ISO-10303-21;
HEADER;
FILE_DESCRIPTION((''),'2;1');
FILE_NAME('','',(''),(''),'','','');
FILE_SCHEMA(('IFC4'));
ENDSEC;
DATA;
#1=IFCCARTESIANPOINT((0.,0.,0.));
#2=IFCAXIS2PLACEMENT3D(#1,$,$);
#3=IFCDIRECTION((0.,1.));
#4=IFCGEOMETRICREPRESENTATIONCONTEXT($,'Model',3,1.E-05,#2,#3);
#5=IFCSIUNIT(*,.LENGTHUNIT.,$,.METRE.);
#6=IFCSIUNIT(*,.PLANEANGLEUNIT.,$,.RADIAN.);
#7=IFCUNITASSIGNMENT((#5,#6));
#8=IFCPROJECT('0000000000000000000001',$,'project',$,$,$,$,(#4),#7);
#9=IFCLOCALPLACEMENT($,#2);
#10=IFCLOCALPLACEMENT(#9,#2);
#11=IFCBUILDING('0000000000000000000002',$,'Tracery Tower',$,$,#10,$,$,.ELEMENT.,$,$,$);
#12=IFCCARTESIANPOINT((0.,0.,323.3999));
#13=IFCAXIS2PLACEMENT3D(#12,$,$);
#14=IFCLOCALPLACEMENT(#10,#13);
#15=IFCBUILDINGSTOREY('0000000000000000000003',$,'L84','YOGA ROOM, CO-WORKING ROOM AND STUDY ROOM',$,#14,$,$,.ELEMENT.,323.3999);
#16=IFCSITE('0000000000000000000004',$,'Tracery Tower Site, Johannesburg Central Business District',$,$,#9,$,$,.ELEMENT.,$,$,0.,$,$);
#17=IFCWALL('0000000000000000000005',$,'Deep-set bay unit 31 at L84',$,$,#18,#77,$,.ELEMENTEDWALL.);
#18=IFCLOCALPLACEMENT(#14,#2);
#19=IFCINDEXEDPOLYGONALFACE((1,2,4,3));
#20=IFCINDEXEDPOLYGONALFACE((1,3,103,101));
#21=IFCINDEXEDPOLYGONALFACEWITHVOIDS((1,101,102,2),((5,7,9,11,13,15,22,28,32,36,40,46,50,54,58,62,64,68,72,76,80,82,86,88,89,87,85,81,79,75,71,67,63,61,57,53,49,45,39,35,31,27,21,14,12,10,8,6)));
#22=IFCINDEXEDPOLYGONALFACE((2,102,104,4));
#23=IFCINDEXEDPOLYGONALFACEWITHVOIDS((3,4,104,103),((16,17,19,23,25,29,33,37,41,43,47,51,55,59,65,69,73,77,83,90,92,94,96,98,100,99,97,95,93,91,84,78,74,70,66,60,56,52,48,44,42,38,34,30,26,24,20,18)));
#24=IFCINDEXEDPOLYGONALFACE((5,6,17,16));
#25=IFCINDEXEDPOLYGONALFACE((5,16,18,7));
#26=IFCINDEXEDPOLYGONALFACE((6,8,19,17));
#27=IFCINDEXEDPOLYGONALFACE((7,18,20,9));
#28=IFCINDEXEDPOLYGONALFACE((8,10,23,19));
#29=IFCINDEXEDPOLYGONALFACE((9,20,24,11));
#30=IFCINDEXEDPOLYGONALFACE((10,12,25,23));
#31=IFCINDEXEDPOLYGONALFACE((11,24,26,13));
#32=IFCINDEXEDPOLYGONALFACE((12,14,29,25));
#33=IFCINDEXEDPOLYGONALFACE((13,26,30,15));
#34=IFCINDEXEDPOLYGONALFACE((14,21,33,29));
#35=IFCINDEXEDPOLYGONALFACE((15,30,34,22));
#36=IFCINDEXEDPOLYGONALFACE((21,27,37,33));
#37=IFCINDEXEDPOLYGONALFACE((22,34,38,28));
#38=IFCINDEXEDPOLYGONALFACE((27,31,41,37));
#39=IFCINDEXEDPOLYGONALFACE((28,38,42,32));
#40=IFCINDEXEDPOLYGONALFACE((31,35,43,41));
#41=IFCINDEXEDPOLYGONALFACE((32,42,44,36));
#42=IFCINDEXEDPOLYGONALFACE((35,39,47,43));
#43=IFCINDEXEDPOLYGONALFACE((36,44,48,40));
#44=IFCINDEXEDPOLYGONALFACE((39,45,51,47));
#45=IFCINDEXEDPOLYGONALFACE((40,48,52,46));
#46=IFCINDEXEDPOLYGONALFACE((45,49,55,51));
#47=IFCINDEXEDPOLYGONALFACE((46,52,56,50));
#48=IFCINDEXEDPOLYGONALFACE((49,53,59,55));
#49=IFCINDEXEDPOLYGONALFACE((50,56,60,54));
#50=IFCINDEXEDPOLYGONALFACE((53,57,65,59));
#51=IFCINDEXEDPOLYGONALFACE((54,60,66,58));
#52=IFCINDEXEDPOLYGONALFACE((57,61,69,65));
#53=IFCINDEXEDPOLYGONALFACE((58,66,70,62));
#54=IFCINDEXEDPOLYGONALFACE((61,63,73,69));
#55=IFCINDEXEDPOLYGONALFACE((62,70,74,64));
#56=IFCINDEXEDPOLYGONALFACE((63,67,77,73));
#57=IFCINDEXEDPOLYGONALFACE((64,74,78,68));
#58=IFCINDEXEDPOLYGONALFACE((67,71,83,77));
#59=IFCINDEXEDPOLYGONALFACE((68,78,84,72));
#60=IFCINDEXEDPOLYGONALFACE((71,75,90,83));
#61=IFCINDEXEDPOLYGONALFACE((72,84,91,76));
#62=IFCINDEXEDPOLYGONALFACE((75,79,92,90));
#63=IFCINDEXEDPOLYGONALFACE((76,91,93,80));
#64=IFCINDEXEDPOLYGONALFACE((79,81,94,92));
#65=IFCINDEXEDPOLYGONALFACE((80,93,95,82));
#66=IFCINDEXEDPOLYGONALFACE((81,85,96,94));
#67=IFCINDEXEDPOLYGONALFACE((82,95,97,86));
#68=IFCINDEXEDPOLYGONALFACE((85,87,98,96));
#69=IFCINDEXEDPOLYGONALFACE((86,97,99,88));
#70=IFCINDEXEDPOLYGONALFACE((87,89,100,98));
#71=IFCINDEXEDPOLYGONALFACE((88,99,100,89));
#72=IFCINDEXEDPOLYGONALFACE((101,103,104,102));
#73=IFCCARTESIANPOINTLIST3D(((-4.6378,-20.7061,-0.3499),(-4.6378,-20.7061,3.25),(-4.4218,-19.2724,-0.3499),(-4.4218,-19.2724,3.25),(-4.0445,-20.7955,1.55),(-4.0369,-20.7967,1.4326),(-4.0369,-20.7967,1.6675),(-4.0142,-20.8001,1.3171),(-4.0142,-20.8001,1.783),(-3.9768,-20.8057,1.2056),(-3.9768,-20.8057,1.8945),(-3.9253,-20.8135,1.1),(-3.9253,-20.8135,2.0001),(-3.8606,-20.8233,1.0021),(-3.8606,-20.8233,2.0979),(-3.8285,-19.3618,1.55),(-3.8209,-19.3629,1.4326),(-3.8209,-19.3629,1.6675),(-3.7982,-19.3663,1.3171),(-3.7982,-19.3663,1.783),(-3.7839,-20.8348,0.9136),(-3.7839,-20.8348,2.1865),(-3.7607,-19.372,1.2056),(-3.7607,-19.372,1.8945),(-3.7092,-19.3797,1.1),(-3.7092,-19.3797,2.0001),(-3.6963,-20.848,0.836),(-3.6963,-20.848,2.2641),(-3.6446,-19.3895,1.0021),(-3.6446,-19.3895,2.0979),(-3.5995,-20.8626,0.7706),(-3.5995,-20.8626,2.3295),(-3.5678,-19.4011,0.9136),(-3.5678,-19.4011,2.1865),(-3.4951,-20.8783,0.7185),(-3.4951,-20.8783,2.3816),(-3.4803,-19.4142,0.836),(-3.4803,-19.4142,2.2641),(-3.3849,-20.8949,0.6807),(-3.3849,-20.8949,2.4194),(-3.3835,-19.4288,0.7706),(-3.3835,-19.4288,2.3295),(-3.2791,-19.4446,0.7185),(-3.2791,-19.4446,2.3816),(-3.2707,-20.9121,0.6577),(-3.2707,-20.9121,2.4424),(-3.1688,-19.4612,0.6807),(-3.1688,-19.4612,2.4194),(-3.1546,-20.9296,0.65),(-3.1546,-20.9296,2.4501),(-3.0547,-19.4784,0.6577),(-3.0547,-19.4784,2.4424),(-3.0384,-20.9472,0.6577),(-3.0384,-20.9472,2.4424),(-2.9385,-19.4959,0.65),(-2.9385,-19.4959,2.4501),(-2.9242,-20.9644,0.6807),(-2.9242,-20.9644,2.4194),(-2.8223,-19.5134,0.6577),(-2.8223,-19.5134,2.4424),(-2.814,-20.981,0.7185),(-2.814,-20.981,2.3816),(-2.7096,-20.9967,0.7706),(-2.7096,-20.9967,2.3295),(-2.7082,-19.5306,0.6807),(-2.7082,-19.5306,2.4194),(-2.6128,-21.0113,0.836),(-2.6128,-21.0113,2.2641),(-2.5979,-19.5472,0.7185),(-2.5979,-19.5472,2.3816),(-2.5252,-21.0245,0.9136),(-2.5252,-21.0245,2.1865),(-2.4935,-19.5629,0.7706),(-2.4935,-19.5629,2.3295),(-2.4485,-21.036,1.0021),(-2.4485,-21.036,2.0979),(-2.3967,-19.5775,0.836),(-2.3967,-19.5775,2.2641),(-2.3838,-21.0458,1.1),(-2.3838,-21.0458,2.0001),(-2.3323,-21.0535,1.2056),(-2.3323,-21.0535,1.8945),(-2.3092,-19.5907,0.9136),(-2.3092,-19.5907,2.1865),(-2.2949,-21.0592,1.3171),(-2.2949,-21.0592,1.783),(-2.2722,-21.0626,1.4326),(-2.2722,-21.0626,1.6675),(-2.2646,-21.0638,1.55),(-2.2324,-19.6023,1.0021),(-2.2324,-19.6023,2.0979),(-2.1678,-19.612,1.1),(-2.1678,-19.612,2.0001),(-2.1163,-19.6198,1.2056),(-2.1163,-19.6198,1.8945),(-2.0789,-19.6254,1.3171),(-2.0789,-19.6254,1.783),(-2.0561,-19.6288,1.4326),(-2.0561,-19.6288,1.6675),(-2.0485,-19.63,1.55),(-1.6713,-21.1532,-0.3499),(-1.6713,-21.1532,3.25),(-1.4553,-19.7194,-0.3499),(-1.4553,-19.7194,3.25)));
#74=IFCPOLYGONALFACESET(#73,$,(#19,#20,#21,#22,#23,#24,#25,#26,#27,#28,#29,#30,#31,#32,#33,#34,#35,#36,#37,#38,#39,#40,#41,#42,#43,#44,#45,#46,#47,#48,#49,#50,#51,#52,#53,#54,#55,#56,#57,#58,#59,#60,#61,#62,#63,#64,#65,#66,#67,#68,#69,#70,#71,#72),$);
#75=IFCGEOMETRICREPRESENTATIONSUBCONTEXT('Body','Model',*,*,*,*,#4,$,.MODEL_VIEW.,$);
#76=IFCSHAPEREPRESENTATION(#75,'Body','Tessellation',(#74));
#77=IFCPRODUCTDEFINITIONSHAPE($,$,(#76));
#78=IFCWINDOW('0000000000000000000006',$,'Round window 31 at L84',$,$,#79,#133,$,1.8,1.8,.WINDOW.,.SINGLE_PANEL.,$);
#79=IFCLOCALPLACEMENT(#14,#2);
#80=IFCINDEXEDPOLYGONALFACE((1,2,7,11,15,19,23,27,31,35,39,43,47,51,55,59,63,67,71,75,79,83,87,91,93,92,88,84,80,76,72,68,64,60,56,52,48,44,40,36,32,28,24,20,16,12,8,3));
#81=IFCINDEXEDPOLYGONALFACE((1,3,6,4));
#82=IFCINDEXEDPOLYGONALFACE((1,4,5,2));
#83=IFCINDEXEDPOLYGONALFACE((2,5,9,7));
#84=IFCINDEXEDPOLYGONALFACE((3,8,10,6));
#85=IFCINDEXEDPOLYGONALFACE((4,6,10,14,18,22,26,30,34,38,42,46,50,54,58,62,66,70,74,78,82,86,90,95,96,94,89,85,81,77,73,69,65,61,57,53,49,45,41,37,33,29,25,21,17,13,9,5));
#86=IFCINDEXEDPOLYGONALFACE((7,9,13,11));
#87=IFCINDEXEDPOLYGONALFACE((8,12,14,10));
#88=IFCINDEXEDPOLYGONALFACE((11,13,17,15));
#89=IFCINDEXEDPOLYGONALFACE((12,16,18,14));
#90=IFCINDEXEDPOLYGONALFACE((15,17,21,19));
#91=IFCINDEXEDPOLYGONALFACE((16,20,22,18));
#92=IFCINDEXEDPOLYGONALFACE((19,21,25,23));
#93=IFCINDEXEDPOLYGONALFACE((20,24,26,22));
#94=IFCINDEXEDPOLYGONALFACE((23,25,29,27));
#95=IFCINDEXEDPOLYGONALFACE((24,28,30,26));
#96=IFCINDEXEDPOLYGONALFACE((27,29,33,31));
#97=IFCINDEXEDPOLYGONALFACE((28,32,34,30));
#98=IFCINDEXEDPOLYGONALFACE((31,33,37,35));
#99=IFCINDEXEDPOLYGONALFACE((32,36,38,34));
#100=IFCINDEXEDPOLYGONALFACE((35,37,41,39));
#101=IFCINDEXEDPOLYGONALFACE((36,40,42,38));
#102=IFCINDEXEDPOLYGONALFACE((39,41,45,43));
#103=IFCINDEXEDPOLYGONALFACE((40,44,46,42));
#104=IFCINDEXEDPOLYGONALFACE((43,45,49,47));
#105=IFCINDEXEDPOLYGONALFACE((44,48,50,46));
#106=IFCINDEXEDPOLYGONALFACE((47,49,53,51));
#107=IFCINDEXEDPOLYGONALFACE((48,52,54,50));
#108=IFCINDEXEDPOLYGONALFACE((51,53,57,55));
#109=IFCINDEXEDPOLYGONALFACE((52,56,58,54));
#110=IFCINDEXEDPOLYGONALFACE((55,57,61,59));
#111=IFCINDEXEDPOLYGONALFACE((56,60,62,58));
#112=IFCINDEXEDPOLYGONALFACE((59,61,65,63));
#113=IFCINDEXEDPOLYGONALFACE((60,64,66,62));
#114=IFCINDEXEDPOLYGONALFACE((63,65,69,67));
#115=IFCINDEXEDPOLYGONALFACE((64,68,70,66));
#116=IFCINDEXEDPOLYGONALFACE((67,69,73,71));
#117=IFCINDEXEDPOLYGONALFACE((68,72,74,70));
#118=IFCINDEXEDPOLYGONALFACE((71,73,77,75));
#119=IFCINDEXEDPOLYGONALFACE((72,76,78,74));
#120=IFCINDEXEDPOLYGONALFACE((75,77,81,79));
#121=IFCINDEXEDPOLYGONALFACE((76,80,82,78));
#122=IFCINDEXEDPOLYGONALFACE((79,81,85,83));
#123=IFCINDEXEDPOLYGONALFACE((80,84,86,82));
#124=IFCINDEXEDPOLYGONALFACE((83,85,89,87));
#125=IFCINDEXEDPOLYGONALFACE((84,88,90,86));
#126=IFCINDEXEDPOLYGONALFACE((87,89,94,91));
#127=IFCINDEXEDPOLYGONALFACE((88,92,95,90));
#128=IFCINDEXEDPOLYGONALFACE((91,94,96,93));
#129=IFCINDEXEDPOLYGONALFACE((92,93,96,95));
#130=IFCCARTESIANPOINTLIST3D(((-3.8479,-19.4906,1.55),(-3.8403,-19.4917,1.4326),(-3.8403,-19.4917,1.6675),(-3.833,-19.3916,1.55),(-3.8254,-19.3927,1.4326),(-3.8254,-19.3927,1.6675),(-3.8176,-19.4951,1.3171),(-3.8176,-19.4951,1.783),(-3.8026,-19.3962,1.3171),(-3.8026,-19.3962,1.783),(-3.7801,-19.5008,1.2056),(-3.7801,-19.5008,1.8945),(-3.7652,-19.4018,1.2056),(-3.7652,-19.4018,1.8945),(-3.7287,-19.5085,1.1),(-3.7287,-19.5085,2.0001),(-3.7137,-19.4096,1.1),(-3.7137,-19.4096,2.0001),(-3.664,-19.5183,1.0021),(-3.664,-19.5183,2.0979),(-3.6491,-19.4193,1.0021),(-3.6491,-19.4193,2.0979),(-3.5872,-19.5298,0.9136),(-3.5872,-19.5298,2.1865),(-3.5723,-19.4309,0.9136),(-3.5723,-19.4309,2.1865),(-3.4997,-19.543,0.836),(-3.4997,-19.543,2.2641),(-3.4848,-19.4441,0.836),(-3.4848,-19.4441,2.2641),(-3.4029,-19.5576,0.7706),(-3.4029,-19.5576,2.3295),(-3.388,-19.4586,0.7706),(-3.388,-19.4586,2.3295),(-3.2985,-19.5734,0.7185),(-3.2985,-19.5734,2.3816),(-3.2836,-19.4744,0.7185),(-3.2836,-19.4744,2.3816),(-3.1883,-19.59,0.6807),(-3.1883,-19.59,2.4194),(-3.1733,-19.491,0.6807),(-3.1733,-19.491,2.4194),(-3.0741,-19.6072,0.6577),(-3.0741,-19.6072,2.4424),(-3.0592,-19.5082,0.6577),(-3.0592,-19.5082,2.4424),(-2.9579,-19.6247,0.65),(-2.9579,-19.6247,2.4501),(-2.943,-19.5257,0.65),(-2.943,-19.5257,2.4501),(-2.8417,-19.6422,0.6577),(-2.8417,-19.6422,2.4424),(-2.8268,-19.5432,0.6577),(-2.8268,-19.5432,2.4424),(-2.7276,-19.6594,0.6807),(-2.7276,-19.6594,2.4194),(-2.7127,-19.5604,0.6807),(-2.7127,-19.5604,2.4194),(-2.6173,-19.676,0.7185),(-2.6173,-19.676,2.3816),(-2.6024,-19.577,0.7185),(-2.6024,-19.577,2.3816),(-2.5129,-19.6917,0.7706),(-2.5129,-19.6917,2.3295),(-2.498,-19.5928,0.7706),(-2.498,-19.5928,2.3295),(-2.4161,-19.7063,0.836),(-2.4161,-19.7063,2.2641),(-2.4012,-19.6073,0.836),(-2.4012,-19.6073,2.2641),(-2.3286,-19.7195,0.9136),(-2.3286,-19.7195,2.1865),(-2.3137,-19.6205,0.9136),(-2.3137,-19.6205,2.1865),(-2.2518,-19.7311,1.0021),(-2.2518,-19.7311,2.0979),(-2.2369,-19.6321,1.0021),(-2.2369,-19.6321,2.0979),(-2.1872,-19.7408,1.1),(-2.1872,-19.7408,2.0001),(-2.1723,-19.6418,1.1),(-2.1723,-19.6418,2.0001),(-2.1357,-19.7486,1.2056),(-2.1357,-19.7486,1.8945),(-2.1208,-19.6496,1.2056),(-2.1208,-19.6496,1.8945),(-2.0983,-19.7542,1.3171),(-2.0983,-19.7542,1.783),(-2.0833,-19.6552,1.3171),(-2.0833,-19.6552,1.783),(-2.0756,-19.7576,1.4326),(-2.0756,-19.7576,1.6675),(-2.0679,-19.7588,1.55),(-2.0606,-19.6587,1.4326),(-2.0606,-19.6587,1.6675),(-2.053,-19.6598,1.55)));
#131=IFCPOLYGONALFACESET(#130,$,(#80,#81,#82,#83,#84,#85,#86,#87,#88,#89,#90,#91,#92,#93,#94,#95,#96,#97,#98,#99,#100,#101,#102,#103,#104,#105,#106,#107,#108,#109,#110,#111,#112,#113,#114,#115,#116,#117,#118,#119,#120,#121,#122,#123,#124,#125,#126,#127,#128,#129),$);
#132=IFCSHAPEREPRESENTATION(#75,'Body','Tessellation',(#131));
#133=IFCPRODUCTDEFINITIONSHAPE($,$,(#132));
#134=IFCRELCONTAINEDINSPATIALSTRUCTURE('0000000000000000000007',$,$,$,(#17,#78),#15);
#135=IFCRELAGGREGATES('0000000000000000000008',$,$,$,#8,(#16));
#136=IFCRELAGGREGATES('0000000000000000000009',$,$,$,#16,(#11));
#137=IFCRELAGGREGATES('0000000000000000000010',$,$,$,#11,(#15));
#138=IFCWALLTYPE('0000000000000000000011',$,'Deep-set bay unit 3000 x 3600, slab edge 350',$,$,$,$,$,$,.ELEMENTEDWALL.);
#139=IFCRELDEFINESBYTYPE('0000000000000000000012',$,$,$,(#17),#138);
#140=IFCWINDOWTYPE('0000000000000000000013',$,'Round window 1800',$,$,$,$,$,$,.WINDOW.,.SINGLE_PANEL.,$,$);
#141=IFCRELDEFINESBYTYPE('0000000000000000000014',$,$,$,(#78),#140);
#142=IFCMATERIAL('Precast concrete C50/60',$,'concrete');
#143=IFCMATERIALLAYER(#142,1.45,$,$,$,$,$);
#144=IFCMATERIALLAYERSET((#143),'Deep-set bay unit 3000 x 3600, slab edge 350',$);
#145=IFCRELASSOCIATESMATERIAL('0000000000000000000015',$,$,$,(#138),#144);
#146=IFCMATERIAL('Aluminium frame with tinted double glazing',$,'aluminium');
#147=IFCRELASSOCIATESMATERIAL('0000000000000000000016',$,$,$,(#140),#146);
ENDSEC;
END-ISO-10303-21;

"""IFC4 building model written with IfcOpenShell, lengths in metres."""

from ifc_helpers import new_model, si_unit, direction, frame, frame_2d, origin, origin_2d, place, context, subcontext, project, spatial, rectangle, circle, extrude, material, layer, layer_set, type_object, element, fill, save


model = new_model("IFC4")

# Units and contexts
model_context = context("Model", 3, precision=1e-05, world=origin(), true_north=direction((0.0, 1.0)))
body_context = subcontext(model_context, "Body", "Model", "MODEL_VIEW")
ifc_project = project(units=[si_unit("LENGTHUNIT", "METRE"), si_unit("PLANEANGLEUNIT", "RADIAN")], contexts=[model_context])

# Site, building, storey
site_placement = place(None, origin())
site = spatial("IfcSite", under=ifc_project, at=site_placement, Name="Tracery Tower Site, Johannesburg Central Business District", CompositionType="ELEMENT", RefElevation=0.0)
building_placement = place(site_placement, origin())
building = spatial("IfcBuilding", under=site, at=building_placement, Name="Tracery Tower", CompositionType="ELEMENT")
storey_placement = place(building_placement, frame((0.0, 0.0, 323.3999)))
storey = spatial("IfcBuildingStorey", under=building, at=storey_placement, Name="L84", Description="YOGA ROOM, CO-WORKING ROOM AND STUDY ROOM", CompositionType="ELEMENT", Elevation=323.3999)

# Wall, opening, window
ifc_material_1 = material(Name="Precast concrete C50/60", Category="concrete")
ifc_layer_1 = layer(ifc_material_1, 1.45)
ifc_layer_set_1 = layer_set([ifc_layer_1], Name="Deep-set bay unit 3000 x 3600, slab edge 350")
wall_type_1 = type_object("IfcWallType", Name="Deep-set bay unit 3000 x 3600, slab edge 350", PredefinedType="ELEMENTEDWALL", material=ifc_layer_set_1)
wall_1_placement = place(storey_placement, frame((-4.5298, -19.9893, -0.3499), z_axis=(0.0, 0.0, 1.0), x_axis=(0.988836, -0.149005, 0.0)))
wall_1 = element("IfcWall", 1, at=wall_1_placement, inside=storey, type_object=wall_type_1, Name="Deep-set bay unit 31 at L84", PredefinedType="ELEMENTEDWALL", context=body_context, shape_type="SweptSolid", body=[
    extrude(rectangle(XDim=3.0, YDim=1.45, at=frame_2d((1.5, 0.0))), origin(), (0.0, 0.0, 1.0), 3.5999),
])
opening_1_placement = place(wall_1_placement, frame((1.5, 0.0, 1.8999)))
opening_1 = element("IfcOpeningElement", 2, at=opening_1_placement, cuts=wall_1, PredefinedType="OPENING", context=body_context, shape_type="SweptSolid", body=[
    extrude(circle(Radius=0.9, at=origin_2d()), frame((0.0, 0.7349, 0.0), z_axis=(0.0, -1.0, 0.0), x_axis=(1.0, 0.0, 0.0)), (0.0, 0.0, 1.0), 1.47),
])
ifc_material_2 = material(Name="Aluminium frame with tinted double glazing", Category="aluminium")
window_type = type_object("IfcWindowType", Name="Round window 1800", PartitioningType="SINGLE_PANEL", PredefinedType="WINDOW", material=ifc_material_2)
window_1_placement = place(opening_1_placement, origin())
window_1 = element("IfcWindow", 3, at=window_1_placement, inside=storey, type_object=window_type, Name="Round window 31 at L84", OverallHeight=1.8, OverallWidth=1.8, PartitioningType="SINGLE_PANEL", PredefinedType="WINDOW", context=body_context, shape_type="SweptSolid", body=[
    extrude(circle(Radius=0.9, at=origin_2d()), frame((0.0, 0.6948, 0.0), z_axis=(0.0, -1.0, 0.0), x_axis=(1.0, 0.0, 0.0)), (0.0, 0.0, 1.0), 0.1001),
])
fill(opening_1, window_1)

save(model, "model.ifc")
